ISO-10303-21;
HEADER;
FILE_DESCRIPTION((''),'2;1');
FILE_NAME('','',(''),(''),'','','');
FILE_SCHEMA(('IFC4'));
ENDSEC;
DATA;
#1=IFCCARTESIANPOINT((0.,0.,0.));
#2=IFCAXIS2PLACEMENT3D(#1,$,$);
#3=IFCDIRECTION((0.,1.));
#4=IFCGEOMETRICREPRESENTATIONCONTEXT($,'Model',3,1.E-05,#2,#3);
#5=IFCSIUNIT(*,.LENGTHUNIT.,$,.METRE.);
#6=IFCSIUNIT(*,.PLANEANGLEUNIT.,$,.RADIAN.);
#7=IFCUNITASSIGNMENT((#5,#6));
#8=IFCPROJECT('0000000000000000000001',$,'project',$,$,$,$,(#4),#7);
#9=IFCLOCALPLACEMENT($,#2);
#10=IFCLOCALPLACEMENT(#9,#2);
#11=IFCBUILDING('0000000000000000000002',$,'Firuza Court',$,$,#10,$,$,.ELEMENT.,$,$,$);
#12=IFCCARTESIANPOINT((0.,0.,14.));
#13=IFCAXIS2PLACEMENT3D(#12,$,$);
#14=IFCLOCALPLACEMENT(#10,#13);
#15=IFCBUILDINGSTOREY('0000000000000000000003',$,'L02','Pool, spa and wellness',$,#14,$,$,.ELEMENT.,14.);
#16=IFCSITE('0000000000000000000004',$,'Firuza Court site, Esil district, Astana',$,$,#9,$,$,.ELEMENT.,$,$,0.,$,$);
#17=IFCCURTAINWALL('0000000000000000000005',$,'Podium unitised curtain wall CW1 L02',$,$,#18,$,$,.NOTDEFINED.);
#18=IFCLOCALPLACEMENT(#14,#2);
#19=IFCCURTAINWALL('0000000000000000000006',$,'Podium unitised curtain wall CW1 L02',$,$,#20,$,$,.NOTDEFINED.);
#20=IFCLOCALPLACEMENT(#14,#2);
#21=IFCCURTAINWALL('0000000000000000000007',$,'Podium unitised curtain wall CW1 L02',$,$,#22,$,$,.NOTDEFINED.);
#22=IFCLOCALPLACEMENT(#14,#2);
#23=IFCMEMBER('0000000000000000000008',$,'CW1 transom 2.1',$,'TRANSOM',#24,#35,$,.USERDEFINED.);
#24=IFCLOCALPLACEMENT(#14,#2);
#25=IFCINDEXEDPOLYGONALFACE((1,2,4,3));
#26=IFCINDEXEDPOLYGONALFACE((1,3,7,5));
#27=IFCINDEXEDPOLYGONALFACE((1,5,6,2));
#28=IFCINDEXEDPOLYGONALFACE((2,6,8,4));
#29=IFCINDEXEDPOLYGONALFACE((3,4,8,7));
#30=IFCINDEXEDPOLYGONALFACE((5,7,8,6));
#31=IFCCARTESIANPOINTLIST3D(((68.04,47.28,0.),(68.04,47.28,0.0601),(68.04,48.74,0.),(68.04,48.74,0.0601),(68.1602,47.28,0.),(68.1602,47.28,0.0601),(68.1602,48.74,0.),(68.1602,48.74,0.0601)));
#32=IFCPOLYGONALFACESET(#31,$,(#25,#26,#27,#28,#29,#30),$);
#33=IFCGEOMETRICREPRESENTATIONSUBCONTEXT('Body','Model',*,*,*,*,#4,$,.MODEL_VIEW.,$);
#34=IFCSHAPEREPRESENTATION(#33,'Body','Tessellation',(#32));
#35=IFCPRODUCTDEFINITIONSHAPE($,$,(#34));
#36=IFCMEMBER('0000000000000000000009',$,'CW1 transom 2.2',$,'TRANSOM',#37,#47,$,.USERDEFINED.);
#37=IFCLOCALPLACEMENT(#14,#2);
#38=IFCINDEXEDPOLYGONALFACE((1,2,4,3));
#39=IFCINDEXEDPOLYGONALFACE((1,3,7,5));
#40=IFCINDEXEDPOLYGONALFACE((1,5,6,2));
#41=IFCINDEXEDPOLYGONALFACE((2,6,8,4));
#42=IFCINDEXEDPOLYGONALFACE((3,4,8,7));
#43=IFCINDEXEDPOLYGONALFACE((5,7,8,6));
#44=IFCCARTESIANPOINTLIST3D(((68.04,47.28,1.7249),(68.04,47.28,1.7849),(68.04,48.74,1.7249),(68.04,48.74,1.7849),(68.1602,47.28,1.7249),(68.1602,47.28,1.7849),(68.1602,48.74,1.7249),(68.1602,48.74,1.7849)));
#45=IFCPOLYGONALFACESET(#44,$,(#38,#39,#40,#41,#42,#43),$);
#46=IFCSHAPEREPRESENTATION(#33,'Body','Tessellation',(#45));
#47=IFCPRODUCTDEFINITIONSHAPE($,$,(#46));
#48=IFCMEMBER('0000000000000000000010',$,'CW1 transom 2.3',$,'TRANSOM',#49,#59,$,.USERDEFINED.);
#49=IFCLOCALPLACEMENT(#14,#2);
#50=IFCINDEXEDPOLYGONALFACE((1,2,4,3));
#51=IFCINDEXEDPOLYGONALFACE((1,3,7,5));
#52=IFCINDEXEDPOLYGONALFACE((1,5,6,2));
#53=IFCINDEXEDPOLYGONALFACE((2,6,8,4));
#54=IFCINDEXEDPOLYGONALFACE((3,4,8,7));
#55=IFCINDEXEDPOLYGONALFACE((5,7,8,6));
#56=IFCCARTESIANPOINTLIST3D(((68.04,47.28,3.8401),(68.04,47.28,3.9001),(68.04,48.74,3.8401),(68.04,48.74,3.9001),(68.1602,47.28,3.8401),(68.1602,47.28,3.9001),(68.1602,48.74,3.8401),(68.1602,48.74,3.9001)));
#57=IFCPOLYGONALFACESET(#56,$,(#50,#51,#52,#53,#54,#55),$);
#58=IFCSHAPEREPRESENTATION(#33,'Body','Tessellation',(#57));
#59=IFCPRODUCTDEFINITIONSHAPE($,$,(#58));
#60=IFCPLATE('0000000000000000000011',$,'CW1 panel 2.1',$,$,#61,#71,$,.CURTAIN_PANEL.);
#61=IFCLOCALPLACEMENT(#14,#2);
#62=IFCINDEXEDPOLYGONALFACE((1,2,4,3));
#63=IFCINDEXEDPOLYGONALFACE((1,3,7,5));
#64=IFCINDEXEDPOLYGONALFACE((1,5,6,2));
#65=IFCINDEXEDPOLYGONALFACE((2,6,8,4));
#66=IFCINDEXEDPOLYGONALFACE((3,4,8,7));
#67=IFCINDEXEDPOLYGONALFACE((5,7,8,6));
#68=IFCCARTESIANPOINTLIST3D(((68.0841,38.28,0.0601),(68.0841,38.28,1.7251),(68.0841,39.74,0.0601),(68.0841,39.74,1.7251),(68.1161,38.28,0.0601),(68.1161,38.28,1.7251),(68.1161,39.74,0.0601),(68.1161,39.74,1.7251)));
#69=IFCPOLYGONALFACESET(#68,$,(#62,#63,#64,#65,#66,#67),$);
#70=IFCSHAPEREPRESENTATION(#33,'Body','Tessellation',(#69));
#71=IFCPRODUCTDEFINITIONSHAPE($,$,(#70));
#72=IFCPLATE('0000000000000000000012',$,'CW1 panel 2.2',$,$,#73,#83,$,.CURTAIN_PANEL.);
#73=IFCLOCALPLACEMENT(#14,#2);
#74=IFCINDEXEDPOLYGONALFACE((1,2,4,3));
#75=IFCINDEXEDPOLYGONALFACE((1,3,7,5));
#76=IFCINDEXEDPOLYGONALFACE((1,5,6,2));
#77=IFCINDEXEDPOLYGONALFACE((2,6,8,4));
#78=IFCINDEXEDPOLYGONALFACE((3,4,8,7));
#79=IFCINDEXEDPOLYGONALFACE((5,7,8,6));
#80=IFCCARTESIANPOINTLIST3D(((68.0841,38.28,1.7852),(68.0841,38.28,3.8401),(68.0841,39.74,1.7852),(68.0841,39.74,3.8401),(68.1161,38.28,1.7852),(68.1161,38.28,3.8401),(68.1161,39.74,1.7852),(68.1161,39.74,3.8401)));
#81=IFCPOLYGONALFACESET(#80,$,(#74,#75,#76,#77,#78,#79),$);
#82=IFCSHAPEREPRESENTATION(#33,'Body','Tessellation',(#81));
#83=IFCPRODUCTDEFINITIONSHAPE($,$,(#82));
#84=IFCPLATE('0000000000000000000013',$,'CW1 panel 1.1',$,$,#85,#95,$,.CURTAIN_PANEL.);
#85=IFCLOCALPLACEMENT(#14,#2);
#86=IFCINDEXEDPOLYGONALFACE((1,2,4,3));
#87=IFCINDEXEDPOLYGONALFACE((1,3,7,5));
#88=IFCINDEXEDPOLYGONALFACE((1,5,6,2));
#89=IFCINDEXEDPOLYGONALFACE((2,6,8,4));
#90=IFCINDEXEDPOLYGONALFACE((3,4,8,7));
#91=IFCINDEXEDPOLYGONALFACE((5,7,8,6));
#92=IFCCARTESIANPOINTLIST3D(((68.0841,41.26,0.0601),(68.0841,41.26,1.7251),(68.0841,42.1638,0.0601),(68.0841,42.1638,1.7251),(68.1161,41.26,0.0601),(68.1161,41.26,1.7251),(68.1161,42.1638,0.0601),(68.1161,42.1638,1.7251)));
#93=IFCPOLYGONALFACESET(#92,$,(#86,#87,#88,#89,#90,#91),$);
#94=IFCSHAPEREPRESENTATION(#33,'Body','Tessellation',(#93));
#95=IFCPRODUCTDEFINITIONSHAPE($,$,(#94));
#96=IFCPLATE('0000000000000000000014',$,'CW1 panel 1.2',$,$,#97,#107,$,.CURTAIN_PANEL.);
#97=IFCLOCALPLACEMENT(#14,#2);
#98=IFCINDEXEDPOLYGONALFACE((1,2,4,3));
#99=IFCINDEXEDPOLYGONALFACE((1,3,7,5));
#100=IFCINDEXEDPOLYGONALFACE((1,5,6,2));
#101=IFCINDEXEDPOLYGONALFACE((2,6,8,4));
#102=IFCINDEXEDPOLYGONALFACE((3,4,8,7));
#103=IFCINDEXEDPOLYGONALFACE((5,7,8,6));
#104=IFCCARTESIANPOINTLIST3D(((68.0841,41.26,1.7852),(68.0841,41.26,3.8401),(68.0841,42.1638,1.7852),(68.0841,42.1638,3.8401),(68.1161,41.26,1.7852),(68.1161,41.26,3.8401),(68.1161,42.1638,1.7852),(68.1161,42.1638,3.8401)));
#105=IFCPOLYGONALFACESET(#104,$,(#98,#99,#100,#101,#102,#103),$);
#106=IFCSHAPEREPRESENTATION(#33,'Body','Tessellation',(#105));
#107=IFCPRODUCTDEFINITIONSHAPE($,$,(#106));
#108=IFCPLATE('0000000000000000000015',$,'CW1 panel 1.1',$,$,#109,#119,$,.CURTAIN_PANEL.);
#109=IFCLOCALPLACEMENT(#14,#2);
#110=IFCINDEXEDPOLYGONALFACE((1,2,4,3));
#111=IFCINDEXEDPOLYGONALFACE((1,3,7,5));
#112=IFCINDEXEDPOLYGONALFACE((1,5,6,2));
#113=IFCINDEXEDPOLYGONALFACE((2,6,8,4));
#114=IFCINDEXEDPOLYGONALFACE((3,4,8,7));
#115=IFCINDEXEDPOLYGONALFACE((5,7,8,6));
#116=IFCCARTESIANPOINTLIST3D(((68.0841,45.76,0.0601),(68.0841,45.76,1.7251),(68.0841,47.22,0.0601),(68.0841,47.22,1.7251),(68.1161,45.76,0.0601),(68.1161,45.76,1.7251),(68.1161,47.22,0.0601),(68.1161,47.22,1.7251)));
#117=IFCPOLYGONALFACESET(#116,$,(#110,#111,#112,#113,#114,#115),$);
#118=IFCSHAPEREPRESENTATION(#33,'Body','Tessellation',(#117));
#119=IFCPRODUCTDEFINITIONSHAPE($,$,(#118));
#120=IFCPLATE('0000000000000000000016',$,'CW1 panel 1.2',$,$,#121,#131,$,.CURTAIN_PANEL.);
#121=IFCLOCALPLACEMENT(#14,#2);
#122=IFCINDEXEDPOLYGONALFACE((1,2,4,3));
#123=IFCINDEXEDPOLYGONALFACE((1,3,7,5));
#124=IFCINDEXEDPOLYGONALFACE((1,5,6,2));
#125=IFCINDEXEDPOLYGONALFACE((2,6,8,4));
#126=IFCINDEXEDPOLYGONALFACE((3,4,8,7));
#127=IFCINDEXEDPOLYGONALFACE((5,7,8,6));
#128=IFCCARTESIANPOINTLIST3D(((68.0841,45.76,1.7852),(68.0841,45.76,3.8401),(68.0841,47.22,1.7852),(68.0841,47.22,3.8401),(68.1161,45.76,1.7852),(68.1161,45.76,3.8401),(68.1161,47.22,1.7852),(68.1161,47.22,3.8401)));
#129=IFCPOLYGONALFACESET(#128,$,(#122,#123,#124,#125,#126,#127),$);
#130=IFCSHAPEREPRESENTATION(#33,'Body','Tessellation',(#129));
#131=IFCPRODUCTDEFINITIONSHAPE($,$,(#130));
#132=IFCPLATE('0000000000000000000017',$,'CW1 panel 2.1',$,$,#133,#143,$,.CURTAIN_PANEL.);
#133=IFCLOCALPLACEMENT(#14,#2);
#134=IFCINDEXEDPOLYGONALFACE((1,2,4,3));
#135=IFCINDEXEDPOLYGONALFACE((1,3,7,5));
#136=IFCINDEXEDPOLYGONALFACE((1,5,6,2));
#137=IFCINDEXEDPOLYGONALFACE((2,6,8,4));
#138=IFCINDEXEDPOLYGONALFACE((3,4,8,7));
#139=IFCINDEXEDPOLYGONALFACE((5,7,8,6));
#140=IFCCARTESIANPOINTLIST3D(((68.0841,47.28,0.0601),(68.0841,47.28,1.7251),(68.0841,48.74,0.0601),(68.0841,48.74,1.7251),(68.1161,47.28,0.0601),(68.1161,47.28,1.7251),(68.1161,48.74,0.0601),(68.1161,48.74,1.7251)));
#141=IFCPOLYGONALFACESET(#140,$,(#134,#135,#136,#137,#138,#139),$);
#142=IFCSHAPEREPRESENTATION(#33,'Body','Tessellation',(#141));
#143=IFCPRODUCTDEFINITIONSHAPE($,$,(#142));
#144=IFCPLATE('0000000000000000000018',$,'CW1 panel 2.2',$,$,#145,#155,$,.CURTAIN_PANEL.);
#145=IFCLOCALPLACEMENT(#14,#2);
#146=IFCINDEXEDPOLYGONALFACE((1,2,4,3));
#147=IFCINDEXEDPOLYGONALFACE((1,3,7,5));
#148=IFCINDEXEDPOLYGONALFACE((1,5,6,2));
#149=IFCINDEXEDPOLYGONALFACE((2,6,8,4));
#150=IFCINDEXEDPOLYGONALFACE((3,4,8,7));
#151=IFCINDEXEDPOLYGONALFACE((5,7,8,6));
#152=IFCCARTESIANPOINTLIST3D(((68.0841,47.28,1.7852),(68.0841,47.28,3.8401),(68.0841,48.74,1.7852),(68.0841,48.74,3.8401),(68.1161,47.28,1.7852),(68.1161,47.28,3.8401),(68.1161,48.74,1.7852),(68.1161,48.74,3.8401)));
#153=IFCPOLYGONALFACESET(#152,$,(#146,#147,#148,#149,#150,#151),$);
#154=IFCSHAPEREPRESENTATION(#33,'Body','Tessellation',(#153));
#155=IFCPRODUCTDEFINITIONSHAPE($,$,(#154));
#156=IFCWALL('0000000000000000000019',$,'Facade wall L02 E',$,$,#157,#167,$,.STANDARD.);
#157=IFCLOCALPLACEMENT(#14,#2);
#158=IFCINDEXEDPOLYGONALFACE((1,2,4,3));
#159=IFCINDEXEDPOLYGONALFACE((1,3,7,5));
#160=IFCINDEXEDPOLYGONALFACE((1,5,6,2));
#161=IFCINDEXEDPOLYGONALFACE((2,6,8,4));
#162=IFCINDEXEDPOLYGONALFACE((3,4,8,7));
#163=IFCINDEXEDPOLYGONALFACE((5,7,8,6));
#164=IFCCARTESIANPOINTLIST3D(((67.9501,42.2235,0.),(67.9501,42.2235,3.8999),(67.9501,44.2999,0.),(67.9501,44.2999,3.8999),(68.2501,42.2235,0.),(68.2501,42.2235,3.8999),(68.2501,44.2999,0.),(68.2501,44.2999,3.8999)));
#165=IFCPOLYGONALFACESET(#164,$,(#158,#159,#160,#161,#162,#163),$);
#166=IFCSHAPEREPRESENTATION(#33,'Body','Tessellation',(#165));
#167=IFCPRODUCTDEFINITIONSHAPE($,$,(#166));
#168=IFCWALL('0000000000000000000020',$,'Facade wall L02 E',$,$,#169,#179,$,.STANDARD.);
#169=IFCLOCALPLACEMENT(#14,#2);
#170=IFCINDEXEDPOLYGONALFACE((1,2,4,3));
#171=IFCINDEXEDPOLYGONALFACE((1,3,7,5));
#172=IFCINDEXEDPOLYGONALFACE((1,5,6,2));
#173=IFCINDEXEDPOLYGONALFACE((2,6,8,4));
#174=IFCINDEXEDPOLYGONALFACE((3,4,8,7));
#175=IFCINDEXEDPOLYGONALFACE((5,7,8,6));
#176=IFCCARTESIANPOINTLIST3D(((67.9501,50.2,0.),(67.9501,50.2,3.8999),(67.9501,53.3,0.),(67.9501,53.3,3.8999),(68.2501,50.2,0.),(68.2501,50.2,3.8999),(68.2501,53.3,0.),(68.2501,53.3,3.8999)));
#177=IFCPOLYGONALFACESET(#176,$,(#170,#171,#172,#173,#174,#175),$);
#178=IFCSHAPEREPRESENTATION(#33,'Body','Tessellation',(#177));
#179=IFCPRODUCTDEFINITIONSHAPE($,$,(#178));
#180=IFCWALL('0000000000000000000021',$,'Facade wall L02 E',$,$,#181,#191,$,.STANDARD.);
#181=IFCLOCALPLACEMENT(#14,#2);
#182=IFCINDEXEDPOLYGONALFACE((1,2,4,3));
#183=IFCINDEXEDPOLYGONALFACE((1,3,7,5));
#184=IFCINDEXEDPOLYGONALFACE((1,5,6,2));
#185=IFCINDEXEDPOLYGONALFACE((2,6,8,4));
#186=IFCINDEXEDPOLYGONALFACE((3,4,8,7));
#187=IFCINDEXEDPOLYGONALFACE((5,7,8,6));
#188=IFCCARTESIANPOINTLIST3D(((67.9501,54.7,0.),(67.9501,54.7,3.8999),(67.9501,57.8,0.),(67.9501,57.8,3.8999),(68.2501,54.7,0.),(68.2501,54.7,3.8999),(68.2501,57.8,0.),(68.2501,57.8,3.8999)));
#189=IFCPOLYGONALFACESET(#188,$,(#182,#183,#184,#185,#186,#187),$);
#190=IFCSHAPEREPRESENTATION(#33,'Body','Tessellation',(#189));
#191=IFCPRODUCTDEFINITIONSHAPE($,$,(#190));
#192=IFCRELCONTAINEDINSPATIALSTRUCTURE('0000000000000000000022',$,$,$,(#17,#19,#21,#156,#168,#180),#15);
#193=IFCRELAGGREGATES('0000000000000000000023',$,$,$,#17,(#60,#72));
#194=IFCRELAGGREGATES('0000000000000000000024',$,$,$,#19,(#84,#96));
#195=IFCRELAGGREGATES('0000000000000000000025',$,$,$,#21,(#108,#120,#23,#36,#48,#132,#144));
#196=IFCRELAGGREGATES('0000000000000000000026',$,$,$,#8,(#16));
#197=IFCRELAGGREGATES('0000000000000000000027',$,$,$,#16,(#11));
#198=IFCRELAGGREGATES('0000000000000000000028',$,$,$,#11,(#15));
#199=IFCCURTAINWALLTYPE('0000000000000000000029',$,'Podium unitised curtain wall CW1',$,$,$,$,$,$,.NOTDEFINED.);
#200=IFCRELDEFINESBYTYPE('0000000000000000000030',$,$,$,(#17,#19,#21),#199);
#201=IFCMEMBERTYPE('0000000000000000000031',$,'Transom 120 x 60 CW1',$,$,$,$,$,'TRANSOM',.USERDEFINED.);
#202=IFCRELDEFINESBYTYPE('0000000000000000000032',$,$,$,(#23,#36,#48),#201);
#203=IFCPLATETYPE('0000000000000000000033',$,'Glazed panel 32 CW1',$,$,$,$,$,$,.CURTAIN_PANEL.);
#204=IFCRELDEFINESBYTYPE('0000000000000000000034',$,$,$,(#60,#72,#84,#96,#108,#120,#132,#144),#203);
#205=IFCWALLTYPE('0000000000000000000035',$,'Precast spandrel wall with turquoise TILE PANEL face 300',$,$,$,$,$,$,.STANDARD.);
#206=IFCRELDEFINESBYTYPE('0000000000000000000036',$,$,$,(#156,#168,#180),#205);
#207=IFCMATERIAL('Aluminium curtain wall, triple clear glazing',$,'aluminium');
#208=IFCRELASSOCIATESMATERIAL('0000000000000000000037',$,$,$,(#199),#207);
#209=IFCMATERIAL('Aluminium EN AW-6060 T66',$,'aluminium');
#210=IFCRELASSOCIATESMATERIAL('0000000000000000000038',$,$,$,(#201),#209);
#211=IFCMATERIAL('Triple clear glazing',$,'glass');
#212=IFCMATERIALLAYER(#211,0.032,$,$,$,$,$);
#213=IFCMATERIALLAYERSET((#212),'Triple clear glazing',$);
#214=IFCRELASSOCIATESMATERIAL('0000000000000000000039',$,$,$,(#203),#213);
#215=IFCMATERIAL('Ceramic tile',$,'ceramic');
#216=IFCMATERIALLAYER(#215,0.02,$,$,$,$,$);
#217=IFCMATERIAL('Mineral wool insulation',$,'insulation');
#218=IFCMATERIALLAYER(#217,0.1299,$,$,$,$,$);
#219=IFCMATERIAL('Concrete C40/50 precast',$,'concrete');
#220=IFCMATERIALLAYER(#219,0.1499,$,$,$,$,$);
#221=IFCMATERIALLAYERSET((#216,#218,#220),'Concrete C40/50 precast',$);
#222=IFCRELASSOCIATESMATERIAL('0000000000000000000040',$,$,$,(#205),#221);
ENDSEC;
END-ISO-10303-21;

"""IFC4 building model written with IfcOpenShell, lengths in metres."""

from ifc_helpers import new_model, si_unit, direction, frame, frame_2d, origin, origin_2d, place, context, subcontext, project, spatial, rectangle, extrude, material, layer, layer_set, material_profile, profile_set, type_object, element, aggregate, save


model = new_model("IFC4")

# Units and contexts
model_context = context("Model", 3, precision=1e-05, world=origin(), true_north=direction((0.0, 1.0)))
body_context = subcontext(model_context, "Body", "Model", "MODEL_VIEW")
ifc_project = project(units=[si_unit("LENGTHUNIT", "METRE"), si_unit("PLANEANGLEUNIT", "RADIAN")], contexts=[model_context])

# Site, building, storey
site_placement = place(None, origin())
site = spatial("IfcSite", under=ifc_project, at=site_placement, Name="Firuza Court site, Esil district, Astana", CompositionType="ELEMENT", RefElevation=0.0)
building_placement = place(site_placement, origin())
building = spatial("IfcBuilding", under=site, at=building_placement, Name="Firuza Court", CompositionType="ELEMENT")
storey_placement = place(building_placement, frame((0.0, 0.0, 14.0)))
storey = spatial("IfcBuildingStorey", under=building, at=storey_placement, Name="L02", Description="Pool, spa and wellness", CompositionType="ELEMENT", Elevation=14.0)

# Curtain wall
ifc_material_1 = material(Name="Aluminium curtain wall, triple clear glazing", Category="aluminium")
curtain_wall_type = type_object("IfcCurtainWallType", Name="Podium unitised curtain wall CW1", PredefinedType="NOTDEFINED", material=ifc_material_1)
curtain_wall_1_placement = place(storey_placement, origin())
curtain_wall_1 = element("IfcCurtainWall", 1, at=curtain_wall_1_placement, inside=storey, type_object=curtain_wall_type, Name="Podium unitised curtain wall CW1 L02", PredefinedType="NOTDEFINED")

# Curtain walls
curtain_wall_2_placement = place(storey_placement, origin())
curtain_wall_2 = element("IfcCurtainWall", 2, at=curtain_wall_2_placement, inside=storey, type_object=curtain_wall_type, Name="Podium unitised curtain wall CW1 L02", PredefinedType="NOTDEFINED")
curtain_wall_3_placement = place(storey_placement, origin())
curtain_wall_3 = element("IfcCurtainWall", 3, at=curtain_wall_3_placement, inside=storey, type_object=curtain_wall_type, Name="Podium unitised curtain wall CW1 L02", PredefinedType="NOTDEFINED")

# Members
ifc_material_2 = material(Name="Aluminium EN AW-6060 T66", Category="aluminium")
ifc_material_profile_1 = material_profile(ifc_material_2, rectangle(XDim=0.1201, YDim=0.0601, at=origin_2d()), Name="Transom 120 x 60 CW1")
ifc_profile_set_1 = profile_set([ifc_material_profile_1], Name="Aluminium EN AW-6060 T66")
member_type_1 = type_object("IfcMemberType", Name="Transom 120 x 60 CW1", ElementType="TRANSOM", PredefinedType="USERDEFINED", material=ifc_profile_set_1)
member_1_placement = place(storey_placement, frame((68.1001, 47.28, 0.03), z_axis=(0.0, 1.0, 0.0), x_axis=(-1.0, 0.0, 0.0)))
member_1 = element("IfcMember", 4, at=member_1_placement, type_object=member_type_1, Name="CW1 transom 2.1", ObjectType="TRANSOM", PredefinedType="USERDEFINED", context=body_context, shape_type="SweptSolid", body=[
    extrude(rectangle(XDim=0.1201, YDim=0.0601, at=origin_2d()), origin(), (0.0, 0.0, 1.0), 1.46),
])
member_2_placement = place(storey_placement, frame((68.1001, 47.28, 1.7549), z_axis=(0.0, 1.0, 0.0), x_axis=(-1.0, 0.0, 0.0)))
member_2 = element("IfcMember", 5, at=member_2_placement, type_object=member_type_1, Name="CW1 transom 2.2", ObjectType="TRANSOM", PredefinedType="USERDEFINED", context=body_context, shape_type="SweptSolid", body=[
    extrude(rectangle(XDim=0.1201, YDim=0.0601, at=origin_2d()), origin(), (0.0, 0.0, 1.0), 1.46),
])
member_3_placement = place(storey_placement, frame((68.1001, 47.28, 3.8701), z_axis=(0.0, 1.0, 0.0), x_axis=(-1.0, 0.0, 0.0)))
member_3 = element("IfcMember", 6, at=member_3_placement, type_object=member_type_1, Name="CW1 transom 2.3", ObjectType="TRANSOM", PredefinedType="USERDEFINED", context=body_context, shape_type="SweptSolid", body=[
    extrude(rectangle(XDim=0.1201, YDim=0.0601, at=origin_2d()), origin(), (0.0, 0.0, 1.0), 1.46),
])

# Plates
ifc_material_3 = material(Name="Triple clear glazing", Category="glass")
ifc_layer_1 = layer(ifc_material_3, 0.032)
ifc_layer_set_1 = layer_set([ifc_layer_1], Name="Triple clear glazing")
plate_type = type_object("IfcPlateType", Name="Glazed panel 32 CW1", PredefinedType="CURTAIN_PANEL", material=ifc_layer_set_1)
plate_1_placement = place(storey_placement, frame((68.1001, 39.01, 0.0601), z_axis=(0.0, 0.0, 1.0), x_axis=(0.0, 1.0, 0.0)))
plate_1 = element("IfcPlate", 7, at=plate_1_placement, type_object=plate_type, Name="CW1 panel 2.1", PredefinedType="CURTAIN_PANEL", context=body_context, shape_type="SweptSolid", body=[
    extrude(rectangle(XDim=1.46, YDim=0.032, at=origin_2d()), origin(), (0.0, 0.0, 1.0), 1.665),
])
plate_2_placement = place(storey_placement, frame((68.1001, 39.01, 1.7852), z_axis=(0.0, 0.0, 1.0), x_axis=(0.0, 1.0, 0.0)))
plate_2 = element("IfcPlate", 8, at=plate_2_placement, type_object=plate_type, Name="CW1 panel 2.2", PredefinedType="CURTAIN_PANEL", context=body_context, shape_type="SweptSolid", body=[
    extrude(rectangle(XDim=1.46, YDim=0.032, at=origin_2d()), origin(), (0.0, 0.0, 1.0), 2.0549),
])
aggregate(curtain_wall_1, [plate_1, plate_2])
plate_3_placement = place(storey_placement, frame((68.1001, 41.7119, 0.0601), z_axis=(0.0, 0.0, 1.0), x_axis=(0.0, 1.0, 0.0)))
plate_3 = element("IfcPlate", 9, at=plate_3_placement, type_object=plate_type, Name="CW1 panel 1.1", PredefinedType="CURTAIN_PANEL", context=body_context, shape_type="SweptSolid", body=[
    extrude(rectangle(XDim=0.9038, YDim=0.032, at=origin_2d()), origin(), (0.0, 0.0, 1.0), 1.665),
])
plate_4_placement = place(storey_placement, frame((68.1001, 41.7119, 1.7852), z_axis=(0.0, 0.0, 1.0), x_axis=(0.0, 1.0, 0.0)))
plate_4 = element("IfcPlate", 10, at=plate_4_placement, type_object=plate_type, Name="CW1 panel 1.2", PredefinedType="CURTAIN_PANEL", context=body_context, shape_type="SweptSolid", body=[
    extrude(rectangle(XDim=0.9038, YDim=0.032, at=origin_2d()), origin(), (0.0, 0.0, 1.0), 2.0549),
])
aggregate(curtain_wall_2, [plate_3, plate_4])
plate_5_placement = place(storey_placement, frame((68.1001, 46.49, 0.0601), z_axis=(0.0, 0.0, 1.0), x_axis=(0.0, 1.0, 0.0)))
plate_5 = element("IfcPlate", 11, at=plate_5_placement, type_object=plate_type, Name="CW1 panel 1.1", PredefinedType="CURTAIN_PANEL", context=body_context, shape_type="SweptSolid", body=[
    extrude(rectangle(XDim=1.46, YDim=0.032, at=origin_2d()), origin(), (0.0, 0.0, 1.0), 1.665),
])
plate_6_placement = place(storey_placement, frame((68.1001, 46.49, 1.7852), z_axis=(0.0, 0.0, 1.0), x_axis=(0.0, 1.0, 0.0)))
plate_6 = element("IfcPlate", 12, at=plate_6_placement, type_object=plate_type, Name="CW1 panel 1.2", PredefinedType="CURTAIN_PANEL", context=body_context, shape_type="SweptSolid", body=[
    extrude(rectangle(XDim=1.46, YDim=0.032, at=origin_2d()), origin(), (0.0, 0.0, 1.0), 2.0549),
])
plate_7_placement = place(storey_placement, frame((68.1001, 48.01, 0.0601), z_axis=(0.0, 0.0, 1.0), x_axis=(0.0, 1.0, 0.0)))
plate_7 = element("IfcPlate", 13, at=plate_7_placement, type_object=plate_type, Name="CW1 panel 2.1", PredefinedType="CURTAIN_PANEL", context=body_context, shape_type="SweptSolid", body=[
    extrude(rectangle(XDim=1.46, YDim=0.032, at=origin_2d()), origin(), (0.0, 0.0, 1.0), 1.665),
])
plate_8_placement = place(storey_placement, frame((68.1001, 48.01, 1.7852), z_axis=(0.0, 0.0, 1.0), x_axis=(0.0, 1.0, 0.0)))
plate_8 = element("IfcPlate", 14, at=plate_8_placement, type_object=plate_type, Name="CW1 panel 2.2", PredefinedType="CURTAIN_PANEL", context=body_context, shape_type="SweptSolid", body=[
    extrude(rectangle(XDim=1.46, YDim=0.032, at=origin_2d()), origin(), (0.0, 0.0, 1.0), 2.0549),
])
aggregate(curtain_wall_3, [plate_5, plate_6, member_1, member_2, member_3, plate_7, plate_8])

# Walls
ifc_material_4 = material(Name="Ceramic tile", Category="ceramic")
ifc_layer_2 = layer(ifc_material_4, 0.02)
ifc_material_5 = material(Name="Mineral wool insulation", Category="insulation")
ifc_layer_3 = layer(ifc_material_5, 0.1299)
ifc_material_6 = material(Name="Concrete C40/50 precast", Category="concrete")
ifc_layer_4 = layer(ifc_material_6, 0.1499)
ifc_layer_set_2 = layer_set([ifc_layer_2, ifc_layer_3, ifc_layer_4], Name="Concrete C40/50 precast")
wall_type = type_object("IfcWallType", Name="Precast spandrel wall with turquoise TILE PANEL face 300", PredefinedType="STANDARD", material=ifc_layer_set_2)
wall_placement = place(storey_placement, frame((68.1001, 42.2236, 0.0), z_axis=(0.0, 0.0, 1.0), x_axis=(0.0, 1.0, 0.0)))
element("IfcWall", 15, at=wall_placement, inside=storey, type_object=wall_type, Name="Facade wall L02 E", PredefinedType="STANDARD", context=body_context, shape_type="SweptSolid", body=[
    extrude(rectangle(XDim=2.0764, YDim=0.3, at=frame_2d((1.0381, 0.0))), origin(), (0.0, 0.0, 1.0), 3.8999),
])
for number, where, z_axis, x_axis, name in (
    (16, (68.1001, 50.2, 0.0), (0.0, 0.0, 1.0), (0.0, 1.0, 0.0), "Facade wall L02 E"),
    (17, (68.1001, 54.7, 0.0), (0.0, 0.0, 1.0), (0.0, 1.0, 0.0), "Facade wall L02 E"),
):
    element("IfcWall", number, at=place(storey_placement, frame(where, z_axis=z_axis, x_axis=x_axis)), inside=storey, type_object=wall_type, Name=name, PredefinedType="STANDARD", context=body_context, shape_type="SweptSolid", body=[
        extrude(rectangle(XDim=3.1001, YDim=0.3, at=frame_2d((1.55, 0.0))), origin(), (0.0, 0.0, 1.0), 3.8999),
    ])

save(model, "model.ifc")
